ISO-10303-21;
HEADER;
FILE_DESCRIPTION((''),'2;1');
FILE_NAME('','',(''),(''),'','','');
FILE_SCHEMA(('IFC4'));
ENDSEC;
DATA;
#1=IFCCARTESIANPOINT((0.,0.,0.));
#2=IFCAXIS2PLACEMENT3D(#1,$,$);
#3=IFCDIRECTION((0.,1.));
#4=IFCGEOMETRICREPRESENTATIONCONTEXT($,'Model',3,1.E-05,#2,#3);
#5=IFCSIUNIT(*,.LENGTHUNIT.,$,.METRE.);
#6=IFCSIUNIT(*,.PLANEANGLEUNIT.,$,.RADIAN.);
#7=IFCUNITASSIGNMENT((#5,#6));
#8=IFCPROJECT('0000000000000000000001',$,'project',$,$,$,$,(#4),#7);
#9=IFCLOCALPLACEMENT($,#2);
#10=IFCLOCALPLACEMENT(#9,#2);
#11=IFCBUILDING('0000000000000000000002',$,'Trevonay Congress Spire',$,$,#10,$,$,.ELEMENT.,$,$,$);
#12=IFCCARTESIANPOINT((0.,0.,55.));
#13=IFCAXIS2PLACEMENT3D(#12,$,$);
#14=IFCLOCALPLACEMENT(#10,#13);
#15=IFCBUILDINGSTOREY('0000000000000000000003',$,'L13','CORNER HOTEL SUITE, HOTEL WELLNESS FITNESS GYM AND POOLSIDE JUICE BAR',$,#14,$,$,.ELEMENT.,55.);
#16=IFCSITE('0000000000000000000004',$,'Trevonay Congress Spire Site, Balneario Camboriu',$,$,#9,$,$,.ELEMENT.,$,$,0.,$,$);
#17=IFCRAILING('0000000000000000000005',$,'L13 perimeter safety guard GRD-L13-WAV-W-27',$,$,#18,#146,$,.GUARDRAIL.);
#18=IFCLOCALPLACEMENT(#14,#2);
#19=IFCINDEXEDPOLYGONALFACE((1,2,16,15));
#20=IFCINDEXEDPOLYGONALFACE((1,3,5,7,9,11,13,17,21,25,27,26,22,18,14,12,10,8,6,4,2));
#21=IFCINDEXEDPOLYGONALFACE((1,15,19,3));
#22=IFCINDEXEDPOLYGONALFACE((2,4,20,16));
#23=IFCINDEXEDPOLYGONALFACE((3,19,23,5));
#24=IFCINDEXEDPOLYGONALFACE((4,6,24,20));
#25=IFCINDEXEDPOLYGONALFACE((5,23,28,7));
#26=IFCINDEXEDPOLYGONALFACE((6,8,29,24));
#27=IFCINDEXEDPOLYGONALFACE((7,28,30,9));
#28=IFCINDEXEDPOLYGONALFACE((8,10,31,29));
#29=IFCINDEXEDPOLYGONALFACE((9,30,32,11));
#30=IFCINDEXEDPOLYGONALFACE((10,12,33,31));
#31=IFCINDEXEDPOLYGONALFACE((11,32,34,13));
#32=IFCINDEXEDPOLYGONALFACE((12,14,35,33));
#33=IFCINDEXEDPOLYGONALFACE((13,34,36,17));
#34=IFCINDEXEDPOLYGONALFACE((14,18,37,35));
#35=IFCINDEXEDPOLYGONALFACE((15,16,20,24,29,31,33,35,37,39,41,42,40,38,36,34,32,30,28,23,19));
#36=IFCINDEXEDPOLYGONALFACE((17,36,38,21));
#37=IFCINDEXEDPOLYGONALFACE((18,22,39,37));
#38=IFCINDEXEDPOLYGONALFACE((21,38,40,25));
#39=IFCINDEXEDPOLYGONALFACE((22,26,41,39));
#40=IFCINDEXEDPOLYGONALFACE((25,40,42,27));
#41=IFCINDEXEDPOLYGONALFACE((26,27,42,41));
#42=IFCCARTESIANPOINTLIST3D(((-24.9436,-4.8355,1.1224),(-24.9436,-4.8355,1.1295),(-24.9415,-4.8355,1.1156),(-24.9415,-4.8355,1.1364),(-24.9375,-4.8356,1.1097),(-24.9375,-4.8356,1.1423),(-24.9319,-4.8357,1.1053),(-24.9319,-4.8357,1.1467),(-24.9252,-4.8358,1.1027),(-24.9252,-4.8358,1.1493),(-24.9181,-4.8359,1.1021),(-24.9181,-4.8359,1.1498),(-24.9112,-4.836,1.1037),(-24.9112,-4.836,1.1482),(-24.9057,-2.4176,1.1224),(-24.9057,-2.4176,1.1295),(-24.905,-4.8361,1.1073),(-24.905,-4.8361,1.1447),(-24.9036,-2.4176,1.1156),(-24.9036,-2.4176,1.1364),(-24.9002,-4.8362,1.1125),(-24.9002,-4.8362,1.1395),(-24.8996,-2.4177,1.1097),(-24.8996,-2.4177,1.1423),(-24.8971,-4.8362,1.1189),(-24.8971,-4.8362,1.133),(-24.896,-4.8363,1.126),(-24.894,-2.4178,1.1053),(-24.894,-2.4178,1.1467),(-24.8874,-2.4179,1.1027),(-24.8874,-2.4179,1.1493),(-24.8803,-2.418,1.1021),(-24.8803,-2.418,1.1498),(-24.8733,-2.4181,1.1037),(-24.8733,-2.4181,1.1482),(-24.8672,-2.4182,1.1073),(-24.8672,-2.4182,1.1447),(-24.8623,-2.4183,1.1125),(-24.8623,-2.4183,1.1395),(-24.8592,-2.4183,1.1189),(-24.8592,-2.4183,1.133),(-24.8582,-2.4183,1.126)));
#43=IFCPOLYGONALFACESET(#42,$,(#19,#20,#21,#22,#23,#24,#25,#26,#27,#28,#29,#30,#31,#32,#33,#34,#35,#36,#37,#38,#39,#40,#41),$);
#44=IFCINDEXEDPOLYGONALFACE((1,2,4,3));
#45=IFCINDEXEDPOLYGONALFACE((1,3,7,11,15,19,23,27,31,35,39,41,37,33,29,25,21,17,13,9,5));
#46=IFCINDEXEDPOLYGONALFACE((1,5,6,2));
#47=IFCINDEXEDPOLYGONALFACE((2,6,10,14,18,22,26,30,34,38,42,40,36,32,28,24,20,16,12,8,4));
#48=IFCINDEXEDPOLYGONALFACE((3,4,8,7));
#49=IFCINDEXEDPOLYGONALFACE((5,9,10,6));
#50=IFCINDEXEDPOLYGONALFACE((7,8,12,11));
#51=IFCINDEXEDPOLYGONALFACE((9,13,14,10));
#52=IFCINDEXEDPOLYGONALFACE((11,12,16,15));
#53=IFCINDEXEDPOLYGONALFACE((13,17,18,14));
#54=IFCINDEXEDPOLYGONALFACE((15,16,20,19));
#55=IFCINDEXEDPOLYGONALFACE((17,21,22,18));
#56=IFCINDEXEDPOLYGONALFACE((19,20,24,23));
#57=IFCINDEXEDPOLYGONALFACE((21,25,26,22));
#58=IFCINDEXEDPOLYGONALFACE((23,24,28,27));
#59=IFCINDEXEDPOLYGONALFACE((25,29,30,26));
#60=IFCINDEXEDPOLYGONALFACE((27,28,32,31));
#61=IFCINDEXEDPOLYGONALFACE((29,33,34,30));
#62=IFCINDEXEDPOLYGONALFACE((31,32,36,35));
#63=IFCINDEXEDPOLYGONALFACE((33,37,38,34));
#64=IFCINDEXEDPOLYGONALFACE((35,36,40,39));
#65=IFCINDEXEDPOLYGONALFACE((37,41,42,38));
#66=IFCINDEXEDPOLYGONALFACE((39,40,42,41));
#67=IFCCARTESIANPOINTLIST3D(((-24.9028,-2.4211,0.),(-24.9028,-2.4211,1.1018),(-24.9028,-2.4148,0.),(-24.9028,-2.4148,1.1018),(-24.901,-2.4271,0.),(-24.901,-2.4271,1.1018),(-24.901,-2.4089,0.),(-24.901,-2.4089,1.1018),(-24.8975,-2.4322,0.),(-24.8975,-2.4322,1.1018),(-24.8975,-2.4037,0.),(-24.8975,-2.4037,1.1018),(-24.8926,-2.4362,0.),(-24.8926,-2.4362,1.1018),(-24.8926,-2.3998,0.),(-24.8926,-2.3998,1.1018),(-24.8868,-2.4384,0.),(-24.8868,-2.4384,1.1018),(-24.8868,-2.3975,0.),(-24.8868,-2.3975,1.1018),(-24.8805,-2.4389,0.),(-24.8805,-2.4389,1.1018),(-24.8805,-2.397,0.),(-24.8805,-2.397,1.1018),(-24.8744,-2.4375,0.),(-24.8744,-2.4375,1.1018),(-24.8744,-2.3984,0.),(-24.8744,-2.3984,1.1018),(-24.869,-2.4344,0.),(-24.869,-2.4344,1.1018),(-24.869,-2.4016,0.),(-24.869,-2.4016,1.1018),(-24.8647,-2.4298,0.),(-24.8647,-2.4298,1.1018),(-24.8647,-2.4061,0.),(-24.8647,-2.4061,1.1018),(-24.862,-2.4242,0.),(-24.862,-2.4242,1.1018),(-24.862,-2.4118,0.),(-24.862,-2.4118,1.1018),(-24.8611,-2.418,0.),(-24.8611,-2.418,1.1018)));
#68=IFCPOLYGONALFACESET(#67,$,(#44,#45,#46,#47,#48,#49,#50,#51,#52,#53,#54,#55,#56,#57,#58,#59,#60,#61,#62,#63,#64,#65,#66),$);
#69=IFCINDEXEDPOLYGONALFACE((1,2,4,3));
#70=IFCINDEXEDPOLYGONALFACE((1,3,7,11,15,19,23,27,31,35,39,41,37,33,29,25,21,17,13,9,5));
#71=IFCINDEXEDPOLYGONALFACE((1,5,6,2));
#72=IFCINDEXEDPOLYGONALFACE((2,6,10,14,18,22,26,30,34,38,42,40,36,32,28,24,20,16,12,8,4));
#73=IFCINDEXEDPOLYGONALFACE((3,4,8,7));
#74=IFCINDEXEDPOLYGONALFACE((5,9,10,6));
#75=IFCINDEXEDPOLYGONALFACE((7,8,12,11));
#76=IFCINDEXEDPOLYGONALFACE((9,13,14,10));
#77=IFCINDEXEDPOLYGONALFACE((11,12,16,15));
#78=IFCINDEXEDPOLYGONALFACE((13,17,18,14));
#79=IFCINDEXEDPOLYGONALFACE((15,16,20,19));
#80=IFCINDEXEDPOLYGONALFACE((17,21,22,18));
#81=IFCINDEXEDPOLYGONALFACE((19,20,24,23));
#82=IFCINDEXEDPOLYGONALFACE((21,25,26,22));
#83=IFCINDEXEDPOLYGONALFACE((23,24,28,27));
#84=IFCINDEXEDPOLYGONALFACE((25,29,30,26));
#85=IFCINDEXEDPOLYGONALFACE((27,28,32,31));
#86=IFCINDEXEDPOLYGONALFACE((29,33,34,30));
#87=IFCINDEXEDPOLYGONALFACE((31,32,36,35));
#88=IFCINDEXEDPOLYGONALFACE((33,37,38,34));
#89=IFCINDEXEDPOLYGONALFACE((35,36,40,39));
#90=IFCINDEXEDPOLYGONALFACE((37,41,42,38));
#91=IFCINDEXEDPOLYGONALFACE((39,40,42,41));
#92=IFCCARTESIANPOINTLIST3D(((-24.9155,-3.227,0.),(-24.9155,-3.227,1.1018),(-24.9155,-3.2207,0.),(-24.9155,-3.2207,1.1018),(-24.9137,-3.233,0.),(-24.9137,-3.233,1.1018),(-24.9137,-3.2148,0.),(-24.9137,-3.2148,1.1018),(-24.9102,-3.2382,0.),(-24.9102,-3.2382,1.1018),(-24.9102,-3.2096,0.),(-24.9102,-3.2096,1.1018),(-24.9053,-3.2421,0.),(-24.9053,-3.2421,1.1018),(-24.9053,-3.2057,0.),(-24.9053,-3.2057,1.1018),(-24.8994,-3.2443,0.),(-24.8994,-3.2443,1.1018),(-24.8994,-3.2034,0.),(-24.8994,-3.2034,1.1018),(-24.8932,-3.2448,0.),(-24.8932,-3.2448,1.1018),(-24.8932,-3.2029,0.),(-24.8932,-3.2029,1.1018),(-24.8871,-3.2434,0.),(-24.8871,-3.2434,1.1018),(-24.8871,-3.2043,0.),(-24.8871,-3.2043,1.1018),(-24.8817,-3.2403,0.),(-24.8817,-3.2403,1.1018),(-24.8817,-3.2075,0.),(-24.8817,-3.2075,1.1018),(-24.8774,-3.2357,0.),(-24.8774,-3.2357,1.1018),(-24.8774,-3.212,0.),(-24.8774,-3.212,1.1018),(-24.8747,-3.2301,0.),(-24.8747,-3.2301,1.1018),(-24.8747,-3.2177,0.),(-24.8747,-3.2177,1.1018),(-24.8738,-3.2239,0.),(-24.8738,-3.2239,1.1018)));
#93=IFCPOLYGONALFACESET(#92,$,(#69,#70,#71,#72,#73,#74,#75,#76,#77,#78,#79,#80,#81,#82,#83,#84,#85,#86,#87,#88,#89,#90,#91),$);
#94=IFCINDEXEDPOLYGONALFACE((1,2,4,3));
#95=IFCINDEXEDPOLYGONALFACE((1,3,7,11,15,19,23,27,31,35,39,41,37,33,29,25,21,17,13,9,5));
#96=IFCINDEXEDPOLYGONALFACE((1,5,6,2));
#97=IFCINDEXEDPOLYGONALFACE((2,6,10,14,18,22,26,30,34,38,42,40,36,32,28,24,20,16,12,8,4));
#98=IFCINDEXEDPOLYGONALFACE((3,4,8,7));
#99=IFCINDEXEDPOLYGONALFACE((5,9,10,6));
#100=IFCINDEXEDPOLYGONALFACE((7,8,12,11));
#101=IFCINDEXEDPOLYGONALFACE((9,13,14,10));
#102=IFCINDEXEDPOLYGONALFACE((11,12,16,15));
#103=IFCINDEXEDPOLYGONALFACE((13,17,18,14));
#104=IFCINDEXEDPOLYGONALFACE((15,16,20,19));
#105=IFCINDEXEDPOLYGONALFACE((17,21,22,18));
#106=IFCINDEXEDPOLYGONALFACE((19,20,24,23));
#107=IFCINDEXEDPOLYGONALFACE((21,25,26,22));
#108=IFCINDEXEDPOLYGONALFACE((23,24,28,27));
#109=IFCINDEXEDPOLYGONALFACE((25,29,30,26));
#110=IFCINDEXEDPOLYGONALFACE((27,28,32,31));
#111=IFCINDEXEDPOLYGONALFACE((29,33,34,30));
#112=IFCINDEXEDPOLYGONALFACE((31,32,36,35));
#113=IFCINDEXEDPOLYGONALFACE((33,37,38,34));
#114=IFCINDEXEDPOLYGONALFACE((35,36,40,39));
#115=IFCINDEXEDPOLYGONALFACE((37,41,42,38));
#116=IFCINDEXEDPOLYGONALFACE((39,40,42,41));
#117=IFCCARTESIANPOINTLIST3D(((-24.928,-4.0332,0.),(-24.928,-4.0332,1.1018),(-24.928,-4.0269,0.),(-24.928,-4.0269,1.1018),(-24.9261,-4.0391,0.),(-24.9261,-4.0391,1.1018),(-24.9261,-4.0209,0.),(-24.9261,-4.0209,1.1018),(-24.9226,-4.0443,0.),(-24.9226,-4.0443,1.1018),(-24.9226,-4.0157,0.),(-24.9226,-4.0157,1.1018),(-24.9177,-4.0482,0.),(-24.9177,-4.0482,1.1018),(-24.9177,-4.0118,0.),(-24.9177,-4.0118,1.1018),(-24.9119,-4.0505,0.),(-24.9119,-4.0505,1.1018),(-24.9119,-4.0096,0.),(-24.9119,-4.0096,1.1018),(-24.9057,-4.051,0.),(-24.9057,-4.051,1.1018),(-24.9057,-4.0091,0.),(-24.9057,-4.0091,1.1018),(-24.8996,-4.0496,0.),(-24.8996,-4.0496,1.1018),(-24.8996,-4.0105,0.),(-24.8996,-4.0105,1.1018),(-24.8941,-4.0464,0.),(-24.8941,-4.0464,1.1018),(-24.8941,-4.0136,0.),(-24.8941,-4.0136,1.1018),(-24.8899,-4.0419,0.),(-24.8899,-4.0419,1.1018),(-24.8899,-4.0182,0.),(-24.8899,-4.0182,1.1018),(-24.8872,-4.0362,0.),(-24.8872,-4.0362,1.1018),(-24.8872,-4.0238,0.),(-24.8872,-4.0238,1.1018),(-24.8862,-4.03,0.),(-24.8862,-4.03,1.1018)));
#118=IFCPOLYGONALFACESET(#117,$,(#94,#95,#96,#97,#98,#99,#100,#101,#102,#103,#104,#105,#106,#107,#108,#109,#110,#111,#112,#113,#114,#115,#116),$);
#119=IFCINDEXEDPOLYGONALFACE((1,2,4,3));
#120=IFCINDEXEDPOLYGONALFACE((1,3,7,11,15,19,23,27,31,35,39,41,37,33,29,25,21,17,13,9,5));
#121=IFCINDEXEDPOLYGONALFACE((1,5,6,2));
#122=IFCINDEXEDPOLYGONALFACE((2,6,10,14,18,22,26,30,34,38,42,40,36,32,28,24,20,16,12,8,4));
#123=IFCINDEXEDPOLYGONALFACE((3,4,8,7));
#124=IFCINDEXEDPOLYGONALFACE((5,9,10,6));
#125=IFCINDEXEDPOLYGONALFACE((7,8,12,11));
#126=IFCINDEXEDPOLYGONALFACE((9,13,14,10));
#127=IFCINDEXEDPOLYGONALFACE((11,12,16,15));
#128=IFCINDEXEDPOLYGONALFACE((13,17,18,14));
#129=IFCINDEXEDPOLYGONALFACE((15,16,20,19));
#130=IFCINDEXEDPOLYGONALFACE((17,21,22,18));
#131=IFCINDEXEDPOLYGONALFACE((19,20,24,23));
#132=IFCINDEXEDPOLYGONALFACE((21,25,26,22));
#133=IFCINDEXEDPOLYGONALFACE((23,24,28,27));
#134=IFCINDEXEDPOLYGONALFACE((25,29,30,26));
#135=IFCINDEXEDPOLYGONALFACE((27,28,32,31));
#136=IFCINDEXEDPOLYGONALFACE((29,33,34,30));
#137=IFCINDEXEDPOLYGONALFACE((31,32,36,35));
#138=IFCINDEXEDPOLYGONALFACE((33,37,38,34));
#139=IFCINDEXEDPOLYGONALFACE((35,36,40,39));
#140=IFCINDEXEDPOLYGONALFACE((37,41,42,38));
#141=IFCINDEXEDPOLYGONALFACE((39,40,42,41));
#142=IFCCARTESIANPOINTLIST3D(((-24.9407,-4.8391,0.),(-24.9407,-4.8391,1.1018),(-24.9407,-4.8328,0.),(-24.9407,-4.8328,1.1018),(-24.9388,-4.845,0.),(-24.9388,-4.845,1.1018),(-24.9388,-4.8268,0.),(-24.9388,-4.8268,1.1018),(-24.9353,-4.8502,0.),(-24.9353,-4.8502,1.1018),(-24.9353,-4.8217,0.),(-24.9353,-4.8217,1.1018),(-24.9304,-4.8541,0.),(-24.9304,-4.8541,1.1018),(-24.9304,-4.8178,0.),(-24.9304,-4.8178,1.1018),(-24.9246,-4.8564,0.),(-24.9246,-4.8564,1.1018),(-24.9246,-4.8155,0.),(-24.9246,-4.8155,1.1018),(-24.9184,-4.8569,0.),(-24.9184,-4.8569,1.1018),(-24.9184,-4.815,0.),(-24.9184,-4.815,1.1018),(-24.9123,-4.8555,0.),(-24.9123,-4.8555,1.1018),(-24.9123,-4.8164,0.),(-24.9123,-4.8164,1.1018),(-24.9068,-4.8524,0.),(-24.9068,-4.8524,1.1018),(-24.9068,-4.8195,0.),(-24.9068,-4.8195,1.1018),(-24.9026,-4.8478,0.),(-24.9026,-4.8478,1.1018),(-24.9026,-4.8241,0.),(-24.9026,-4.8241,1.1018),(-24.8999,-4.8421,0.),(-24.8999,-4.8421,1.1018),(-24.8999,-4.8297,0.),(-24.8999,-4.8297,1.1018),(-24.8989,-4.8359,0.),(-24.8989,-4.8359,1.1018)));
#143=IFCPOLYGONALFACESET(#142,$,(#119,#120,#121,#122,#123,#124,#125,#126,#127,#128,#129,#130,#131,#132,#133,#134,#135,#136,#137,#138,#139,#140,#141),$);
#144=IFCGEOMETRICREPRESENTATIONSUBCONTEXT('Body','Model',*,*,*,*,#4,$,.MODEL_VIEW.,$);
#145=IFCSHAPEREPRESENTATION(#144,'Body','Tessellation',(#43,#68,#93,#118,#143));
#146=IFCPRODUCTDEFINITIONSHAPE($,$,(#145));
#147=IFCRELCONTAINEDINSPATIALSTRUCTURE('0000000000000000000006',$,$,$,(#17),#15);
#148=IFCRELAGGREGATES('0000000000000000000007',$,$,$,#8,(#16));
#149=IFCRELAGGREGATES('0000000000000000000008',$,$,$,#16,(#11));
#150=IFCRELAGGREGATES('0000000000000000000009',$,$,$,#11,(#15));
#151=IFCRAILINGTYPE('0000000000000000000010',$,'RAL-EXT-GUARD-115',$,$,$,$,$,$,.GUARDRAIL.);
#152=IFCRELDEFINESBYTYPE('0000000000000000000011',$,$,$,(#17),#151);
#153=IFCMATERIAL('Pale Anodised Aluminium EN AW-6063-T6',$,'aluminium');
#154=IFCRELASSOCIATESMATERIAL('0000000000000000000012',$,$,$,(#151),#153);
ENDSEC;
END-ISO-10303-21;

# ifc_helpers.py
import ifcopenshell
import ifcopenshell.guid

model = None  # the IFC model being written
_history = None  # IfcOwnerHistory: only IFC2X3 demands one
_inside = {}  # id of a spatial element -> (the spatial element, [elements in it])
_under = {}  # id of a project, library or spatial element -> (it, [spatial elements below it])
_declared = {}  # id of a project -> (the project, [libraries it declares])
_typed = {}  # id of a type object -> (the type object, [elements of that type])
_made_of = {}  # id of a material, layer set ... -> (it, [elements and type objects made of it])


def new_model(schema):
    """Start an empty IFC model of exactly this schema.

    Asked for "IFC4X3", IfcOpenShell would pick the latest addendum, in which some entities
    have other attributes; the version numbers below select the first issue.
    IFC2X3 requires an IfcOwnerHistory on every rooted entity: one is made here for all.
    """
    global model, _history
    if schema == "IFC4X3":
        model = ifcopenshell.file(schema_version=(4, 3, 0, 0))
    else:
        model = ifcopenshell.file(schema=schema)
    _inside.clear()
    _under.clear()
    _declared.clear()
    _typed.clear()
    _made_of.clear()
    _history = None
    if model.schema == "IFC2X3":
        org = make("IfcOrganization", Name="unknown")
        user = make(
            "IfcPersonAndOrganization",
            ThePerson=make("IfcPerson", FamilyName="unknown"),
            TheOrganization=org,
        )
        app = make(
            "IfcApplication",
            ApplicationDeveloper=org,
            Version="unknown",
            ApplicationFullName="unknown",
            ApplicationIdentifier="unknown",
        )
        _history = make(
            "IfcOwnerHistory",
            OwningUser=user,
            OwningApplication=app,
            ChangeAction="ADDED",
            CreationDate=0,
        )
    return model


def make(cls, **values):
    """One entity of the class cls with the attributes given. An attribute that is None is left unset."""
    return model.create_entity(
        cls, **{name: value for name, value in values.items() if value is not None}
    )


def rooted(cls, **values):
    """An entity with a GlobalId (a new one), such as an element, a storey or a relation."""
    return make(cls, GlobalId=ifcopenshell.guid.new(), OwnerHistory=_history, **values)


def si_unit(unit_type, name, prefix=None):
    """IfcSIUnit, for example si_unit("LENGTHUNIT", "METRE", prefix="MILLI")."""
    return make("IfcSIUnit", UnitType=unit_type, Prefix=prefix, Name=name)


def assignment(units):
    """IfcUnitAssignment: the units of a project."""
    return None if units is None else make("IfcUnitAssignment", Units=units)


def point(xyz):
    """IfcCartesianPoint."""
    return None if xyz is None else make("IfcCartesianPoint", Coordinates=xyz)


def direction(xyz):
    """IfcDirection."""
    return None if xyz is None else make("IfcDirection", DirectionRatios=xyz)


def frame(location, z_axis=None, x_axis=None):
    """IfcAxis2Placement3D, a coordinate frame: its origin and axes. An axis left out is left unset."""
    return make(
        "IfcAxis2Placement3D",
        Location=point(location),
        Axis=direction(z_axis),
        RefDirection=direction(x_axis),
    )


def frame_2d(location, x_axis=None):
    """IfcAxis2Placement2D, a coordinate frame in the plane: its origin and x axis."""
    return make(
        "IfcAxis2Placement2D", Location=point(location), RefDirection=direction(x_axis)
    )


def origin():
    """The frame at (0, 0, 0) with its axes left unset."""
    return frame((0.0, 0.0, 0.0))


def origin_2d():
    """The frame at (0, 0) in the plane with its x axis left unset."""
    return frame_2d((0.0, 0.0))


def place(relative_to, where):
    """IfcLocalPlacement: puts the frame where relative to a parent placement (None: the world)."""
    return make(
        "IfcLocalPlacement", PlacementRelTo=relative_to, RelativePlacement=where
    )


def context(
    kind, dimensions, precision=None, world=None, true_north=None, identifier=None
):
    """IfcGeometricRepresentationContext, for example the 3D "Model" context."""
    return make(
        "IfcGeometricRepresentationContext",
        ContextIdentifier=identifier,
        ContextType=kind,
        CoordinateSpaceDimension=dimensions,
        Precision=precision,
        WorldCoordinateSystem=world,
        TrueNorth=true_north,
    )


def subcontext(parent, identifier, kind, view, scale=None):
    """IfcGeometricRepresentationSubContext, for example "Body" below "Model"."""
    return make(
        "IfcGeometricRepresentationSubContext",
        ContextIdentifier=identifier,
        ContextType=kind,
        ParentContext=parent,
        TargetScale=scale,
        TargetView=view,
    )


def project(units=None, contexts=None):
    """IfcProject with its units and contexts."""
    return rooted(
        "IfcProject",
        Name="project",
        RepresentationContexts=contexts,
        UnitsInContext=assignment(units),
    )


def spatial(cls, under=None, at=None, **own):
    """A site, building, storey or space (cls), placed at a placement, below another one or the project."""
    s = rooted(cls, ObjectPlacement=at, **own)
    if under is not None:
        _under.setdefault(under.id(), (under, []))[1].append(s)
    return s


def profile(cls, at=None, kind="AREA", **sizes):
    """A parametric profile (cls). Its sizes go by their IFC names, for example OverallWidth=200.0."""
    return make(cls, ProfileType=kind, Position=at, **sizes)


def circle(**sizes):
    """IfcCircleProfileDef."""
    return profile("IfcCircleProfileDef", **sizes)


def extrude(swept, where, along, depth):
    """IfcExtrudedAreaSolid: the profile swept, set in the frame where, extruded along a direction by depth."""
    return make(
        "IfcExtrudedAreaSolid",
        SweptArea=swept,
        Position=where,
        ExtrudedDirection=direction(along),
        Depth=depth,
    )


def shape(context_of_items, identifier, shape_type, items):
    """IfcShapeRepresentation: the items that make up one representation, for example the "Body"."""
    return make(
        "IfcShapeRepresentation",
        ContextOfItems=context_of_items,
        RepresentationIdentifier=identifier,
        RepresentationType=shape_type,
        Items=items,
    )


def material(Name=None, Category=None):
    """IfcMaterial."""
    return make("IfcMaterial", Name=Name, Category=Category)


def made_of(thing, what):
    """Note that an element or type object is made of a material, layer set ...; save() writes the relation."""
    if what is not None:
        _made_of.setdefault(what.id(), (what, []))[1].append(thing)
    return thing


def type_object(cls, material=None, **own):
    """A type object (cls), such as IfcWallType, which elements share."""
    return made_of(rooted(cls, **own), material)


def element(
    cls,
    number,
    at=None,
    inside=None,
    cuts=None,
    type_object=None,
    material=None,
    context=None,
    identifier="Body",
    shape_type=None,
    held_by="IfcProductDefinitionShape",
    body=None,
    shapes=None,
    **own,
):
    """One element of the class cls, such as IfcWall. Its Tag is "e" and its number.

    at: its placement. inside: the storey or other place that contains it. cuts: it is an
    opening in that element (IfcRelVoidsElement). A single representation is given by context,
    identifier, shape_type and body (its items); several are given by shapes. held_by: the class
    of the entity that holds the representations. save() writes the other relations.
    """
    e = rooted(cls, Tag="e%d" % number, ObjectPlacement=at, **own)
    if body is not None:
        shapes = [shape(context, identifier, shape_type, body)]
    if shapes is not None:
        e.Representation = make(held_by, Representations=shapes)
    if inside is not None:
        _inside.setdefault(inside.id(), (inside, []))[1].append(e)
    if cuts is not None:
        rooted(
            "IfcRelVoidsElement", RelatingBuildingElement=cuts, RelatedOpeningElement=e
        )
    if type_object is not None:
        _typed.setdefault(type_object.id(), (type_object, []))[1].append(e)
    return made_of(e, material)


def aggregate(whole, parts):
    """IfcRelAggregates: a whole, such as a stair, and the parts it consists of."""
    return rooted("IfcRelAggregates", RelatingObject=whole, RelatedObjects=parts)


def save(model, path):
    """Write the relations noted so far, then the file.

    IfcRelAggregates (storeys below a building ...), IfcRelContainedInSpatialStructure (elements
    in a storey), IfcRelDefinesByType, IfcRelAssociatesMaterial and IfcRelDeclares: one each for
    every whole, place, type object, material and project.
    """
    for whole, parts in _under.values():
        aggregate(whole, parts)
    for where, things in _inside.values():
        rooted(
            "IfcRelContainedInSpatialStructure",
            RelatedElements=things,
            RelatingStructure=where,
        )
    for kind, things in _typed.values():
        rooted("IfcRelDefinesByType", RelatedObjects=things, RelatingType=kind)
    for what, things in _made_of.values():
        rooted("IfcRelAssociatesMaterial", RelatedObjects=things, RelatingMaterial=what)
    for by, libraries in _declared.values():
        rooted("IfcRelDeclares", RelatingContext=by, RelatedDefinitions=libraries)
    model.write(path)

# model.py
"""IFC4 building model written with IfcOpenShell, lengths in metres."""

from ifc_helpers import new_model, si_unit, direction, frame, origin, origin_2d, place, context, subcontext, project, spatial, circle, extrude, material, type_object, element, save


model = new_model("IFC4")

# Units and contexts
model_context = context("Model", 3, precision=1e-05, world=origin(), true_north=direction((0.0, 1.0)))
body_context = subcontext(model_context, "Body", "Model", "MODEL_VIEW")
ifc_project = project(units=[si_unit("LENGTHUNIT", "METRE"), si_unit("PLANEANGLEUNIT", "RADIAN")], contexts=[model_context])

# Site, building, storey
site_placement = place(None, origin())
site = spatial("IfcSite", under=ifc_project, at=site_placement, Name="Trevonay Congress Spire Site, Balneario Camboriu", CompositionType="ELEMENT", RefElevation=0.0)
building_placement = place(site_placement, origin())
building = spatial("IfcBuilding", under=site, at=building_placement, Name="Trevonay Congress Spire", CompositionType="ELEMENT")
storey_placement = place(building_placement, frame((0.0, 0.0, 55.0)))
storey = spatial("IfcBuildingStorey", under=building, at=storey_placement, Name="L13", Description="CORNER HOTEL SUITE, HOTEL WELLNESS FITNESS GYM AND POOLSIDE JUICE BAR", CompositionType="ELEMENT", Elevation=55.0)

# Shared definitions
ifc_material_1 = material(Name="Pale Anodised Aluminium EN AW-6063-T6", Category="aluminium")

# Railing
railing_type = type_object("IfcRailingType", Name="RAL-EXT-GUARD-115", PredefinedType="GUARDRAIL", material=ifc_material_1)
railing_1_placement = place(storey_placement, frame((-24.8821, -2.418, 0.0)))
element("IfcRailing", 1, at=railing_1_placement, inside=storey, type_object=railing_type, Name="L13 perimeter safety guard GRD-L13-WAV-W-27", PredefinedType="GUARDRAIL", context=body_context, shape_type="SweptSolid", body=[
    extrude(circle(Radius=0.0239, at=origin_2d()), frame((0.0, 0.0, 1.126), z_axis=(-0.015648, -0.999878, 0.0), x_axis=(0.999878, -0.015648, 0.0)), (0.0, 0.0, 1.0), 2.4182),
    extrude(circle(Radius=0.021, at=origin_2d()), origin(), (0.0, 0.0, 1.0), 1.1018),
    extrude(circle(Radius=0.021, at=origin_2d()), frame((-0.0127, -0.8059, 0.0)), (0.0, 0.0, 1.0), 1.1018),
    extrude(circle(Radius=0.021, at=origin_2d()), frame((-0.0251, -1.6121, 0.0)), (0.0, 0.0, 1.0), 1.1018),
    extrude(circle(Radius=0.021, at=origin_2d()), frame((-0.0378, -2.418, 0.0)), (0.0, 0.0, 1.0), 1.1018),
])

save(model, "model.ifc")
